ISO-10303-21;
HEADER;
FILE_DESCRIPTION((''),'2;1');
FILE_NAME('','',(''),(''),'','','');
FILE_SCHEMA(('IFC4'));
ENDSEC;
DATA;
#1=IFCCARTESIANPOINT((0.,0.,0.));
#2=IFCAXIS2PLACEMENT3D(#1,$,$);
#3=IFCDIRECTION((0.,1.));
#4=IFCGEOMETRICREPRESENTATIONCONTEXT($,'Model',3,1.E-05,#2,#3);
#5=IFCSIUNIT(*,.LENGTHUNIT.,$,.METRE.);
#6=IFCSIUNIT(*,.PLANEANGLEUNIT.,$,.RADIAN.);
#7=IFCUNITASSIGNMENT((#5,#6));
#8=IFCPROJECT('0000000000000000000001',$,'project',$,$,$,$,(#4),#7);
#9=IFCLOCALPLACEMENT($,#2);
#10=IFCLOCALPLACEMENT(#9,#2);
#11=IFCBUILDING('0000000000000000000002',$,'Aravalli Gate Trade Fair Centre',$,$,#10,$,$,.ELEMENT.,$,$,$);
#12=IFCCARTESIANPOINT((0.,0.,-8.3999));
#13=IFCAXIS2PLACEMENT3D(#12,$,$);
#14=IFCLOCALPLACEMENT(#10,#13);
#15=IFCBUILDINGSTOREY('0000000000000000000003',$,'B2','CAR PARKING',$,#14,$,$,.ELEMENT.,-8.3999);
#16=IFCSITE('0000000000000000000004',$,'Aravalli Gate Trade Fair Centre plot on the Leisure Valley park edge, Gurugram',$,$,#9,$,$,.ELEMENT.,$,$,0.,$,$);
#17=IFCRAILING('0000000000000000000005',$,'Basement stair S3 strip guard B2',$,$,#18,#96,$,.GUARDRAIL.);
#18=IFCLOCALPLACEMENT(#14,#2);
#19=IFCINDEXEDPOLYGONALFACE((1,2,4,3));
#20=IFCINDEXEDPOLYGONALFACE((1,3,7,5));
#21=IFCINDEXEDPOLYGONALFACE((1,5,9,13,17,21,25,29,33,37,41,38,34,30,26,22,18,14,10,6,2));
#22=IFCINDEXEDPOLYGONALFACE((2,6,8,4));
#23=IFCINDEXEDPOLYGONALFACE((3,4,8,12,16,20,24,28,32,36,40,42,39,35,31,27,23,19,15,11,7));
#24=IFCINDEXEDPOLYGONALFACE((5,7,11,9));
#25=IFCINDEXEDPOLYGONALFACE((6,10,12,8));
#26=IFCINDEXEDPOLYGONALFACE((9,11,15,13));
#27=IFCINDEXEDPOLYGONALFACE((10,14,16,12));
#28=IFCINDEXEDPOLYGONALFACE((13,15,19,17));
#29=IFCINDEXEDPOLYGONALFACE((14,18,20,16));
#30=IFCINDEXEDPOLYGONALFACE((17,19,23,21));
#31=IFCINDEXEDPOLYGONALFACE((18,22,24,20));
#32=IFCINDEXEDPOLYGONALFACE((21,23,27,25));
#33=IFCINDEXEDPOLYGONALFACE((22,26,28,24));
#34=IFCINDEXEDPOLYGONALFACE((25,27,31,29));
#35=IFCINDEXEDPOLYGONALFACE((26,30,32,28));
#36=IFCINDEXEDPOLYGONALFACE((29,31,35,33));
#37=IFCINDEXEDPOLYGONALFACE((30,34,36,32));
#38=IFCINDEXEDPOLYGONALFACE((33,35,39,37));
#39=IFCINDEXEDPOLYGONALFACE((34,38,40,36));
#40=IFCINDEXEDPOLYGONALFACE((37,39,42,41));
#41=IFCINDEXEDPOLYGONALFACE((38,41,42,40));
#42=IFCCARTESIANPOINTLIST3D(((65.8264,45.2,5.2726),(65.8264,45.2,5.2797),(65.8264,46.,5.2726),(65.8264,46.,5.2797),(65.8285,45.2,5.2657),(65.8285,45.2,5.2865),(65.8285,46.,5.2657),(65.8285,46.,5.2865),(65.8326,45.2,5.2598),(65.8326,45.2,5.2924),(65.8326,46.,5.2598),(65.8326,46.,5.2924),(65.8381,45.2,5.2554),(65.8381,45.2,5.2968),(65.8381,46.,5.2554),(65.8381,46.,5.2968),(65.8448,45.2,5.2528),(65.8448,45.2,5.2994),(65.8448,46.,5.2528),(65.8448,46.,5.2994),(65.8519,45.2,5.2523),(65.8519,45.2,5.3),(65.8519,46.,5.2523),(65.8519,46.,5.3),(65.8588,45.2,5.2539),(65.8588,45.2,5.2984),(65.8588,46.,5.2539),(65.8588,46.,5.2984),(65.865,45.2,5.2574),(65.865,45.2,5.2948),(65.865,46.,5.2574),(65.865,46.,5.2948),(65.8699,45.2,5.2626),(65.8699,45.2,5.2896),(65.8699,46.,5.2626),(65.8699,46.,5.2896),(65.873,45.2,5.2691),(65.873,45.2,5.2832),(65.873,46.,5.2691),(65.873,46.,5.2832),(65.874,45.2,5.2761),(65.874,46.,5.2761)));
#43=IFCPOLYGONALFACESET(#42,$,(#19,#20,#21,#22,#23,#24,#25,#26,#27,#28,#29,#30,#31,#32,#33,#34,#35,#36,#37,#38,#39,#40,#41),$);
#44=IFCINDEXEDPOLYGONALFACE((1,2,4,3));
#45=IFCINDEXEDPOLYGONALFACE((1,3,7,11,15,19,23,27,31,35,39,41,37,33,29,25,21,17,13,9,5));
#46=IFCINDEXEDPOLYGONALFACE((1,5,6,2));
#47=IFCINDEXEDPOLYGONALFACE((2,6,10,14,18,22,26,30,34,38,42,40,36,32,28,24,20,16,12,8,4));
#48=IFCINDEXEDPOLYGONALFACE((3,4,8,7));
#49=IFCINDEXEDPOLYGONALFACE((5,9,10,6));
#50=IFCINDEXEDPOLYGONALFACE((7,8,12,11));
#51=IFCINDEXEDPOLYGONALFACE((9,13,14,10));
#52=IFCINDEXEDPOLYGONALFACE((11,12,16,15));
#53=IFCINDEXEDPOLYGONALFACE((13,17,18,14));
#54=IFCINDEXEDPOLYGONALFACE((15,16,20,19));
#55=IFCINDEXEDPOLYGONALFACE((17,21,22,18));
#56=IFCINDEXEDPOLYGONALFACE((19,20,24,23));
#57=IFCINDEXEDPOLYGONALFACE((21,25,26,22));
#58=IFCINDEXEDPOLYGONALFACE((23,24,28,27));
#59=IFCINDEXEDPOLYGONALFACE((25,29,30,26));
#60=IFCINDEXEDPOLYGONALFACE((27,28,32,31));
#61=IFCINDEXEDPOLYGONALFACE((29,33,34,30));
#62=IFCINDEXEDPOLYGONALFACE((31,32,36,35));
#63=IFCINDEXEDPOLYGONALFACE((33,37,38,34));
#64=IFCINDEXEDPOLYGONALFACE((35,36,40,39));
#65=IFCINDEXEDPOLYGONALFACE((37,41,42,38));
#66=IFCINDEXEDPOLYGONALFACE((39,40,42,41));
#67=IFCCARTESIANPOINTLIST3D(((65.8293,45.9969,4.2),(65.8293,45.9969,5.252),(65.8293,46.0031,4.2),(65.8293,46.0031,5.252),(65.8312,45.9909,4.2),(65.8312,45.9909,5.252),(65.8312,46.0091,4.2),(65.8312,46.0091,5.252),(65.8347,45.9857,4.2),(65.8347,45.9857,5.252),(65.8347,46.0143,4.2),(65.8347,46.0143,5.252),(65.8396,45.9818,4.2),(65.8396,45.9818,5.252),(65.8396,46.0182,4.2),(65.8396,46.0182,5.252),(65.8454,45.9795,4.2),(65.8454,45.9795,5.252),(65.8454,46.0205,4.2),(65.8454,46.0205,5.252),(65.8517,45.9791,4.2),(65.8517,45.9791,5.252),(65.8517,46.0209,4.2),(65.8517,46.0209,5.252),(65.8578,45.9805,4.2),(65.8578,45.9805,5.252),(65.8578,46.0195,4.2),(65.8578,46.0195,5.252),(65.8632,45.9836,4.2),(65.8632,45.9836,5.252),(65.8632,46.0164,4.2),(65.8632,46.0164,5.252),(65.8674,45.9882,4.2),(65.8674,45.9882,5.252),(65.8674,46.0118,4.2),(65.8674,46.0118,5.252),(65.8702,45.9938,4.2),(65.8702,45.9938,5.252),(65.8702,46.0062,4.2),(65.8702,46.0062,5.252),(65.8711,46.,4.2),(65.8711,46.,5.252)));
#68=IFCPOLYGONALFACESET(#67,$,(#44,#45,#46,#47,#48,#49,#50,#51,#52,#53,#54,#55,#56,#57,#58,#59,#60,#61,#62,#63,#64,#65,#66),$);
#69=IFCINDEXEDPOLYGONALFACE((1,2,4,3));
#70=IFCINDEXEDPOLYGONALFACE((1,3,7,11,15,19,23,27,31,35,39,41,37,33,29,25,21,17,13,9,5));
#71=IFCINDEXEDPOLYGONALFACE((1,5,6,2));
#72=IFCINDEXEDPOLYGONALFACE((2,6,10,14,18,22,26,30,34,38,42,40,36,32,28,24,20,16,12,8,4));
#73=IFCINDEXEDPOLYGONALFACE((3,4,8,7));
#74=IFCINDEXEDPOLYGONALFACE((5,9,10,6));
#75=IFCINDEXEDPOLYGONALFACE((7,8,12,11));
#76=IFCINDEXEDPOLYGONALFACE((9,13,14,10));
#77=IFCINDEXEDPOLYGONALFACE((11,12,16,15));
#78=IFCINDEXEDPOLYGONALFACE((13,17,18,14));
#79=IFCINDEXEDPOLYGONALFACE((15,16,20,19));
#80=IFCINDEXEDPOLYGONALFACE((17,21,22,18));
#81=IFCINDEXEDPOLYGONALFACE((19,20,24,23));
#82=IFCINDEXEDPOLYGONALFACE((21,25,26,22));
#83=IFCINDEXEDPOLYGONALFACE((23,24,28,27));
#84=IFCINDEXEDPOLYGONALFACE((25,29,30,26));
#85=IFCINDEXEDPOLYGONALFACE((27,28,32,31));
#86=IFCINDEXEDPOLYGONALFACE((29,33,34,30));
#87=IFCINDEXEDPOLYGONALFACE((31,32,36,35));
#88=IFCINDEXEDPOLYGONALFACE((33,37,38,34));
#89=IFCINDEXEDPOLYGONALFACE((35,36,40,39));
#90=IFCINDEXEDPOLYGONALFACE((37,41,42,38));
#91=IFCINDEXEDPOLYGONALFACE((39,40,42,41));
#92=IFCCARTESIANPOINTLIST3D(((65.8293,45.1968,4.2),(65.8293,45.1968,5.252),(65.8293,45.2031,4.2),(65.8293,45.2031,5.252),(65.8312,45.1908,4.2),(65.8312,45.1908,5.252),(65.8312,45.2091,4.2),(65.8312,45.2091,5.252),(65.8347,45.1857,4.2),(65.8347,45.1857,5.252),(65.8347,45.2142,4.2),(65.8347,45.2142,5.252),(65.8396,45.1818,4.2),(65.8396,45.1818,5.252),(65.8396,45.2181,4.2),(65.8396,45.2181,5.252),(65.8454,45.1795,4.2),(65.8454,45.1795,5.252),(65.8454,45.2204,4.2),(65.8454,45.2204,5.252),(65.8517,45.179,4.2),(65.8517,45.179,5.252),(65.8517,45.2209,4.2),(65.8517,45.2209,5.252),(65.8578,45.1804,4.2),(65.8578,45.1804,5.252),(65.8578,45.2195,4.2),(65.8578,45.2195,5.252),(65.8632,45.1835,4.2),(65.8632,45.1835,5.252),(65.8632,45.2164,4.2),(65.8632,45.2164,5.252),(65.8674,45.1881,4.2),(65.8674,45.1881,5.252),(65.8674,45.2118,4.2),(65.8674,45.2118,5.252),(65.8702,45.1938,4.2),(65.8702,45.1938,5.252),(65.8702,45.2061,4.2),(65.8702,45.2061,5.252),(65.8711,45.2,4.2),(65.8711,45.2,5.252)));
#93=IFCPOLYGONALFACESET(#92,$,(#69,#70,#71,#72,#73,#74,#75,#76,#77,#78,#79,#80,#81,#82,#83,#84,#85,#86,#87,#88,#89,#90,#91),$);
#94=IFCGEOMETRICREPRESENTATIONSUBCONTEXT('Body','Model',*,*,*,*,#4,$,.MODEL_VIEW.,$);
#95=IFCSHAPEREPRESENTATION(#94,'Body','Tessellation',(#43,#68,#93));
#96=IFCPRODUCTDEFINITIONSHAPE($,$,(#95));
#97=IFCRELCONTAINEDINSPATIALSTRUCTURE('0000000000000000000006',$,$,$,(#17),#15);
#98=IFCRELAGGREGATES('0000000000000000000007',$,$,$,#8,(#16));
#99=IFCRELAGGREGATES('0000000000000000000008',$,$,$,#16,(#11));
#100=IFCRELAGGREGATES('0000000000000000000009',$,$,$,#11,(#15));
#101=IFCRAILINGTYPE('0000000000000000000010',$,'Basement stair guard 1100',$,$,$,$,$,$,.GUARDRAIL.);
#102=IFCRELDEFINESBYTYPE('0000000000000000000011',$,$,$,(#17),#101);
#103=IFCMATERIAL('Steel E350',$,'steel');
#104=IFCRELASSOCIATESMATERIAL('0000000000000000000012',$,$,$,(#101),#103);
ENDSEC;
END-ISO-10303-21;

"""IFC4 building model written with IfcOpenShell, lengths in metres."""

from ifc_helpers import new_model, si_unit, direction, frame, origin, origin_2d, place, context, subcontext, project, spatial, circle, extrude, material, type_object, element, save


model = new_model("IFC4")

# Units and contexts
model_context = context("Model", 3, precision=1e-05, world=origin(), true_north=direction((0.0, 1.0)))
body_context = subcontext(model_context, "Body", "Model", "MODEL_VIEW")
ifc_project = project(units=[si_unit("LENGTHUNIT", "METRE"), si_unit("PLANEANGLEUNIT", "RADIAN")], contexts=[model_context])

# Site, building, storey
site_placement = place(None, origin())
site = spatial("IfcSite", under=ifc_project, at=site_placement, Name="Aravalli Gate Trade Fair Centre plot on the Leisure Valley park edge, Gurugram", CompositionType="ELEMENT", RefElevation=0.0)
building_placement = place(site_placement, origin())
building = spatial("IfcBuilding", under=site, at=building_placement, Name="Aravalli Gate Trade Fair Centre", CompositionType="ELEMENT")
storey_placement = place(building_placement, frame((0.0, 0.0, -8.3999)))
storey = spatial("IfcBuildingStorey", under=building, at=storey_placement, Name="B2", Description="CAR PARKING", CompositionType="ELEMENT", Elevation=-8.3999)

# Railing
ifc_material_1 = material(Name="Steel E350", Category="steel")
railing_type = type_object("IfcRailingType", Name="Basement stair guard 1100", PredefinedType="GUARDRAIL", material=ifc_material_1)
railing_1_placement = place(storey_placement, frame((65.8501, 46.0, 4.2)))
element("IfcRailing", 1, at=railing_1_placement, inside=storey, type_object=railing_type, Name="Basement stair S3 strip guard B2", PredefinedType="GUARDRAIL", context=body_context, shape_type="SweptSolid", body=[
    extrude(circle(Radius=0.0239, at=origin_2d()), frame((0.0, 0.0, 1.0762), z_axis=(0.0, -1.0, 0.0), x_axis=(1.0, 0.0, 0.0)), (0.0, 0.0, 1.0), 0.8),
    extrude(circle(Radius=0.021, at=origin_2d()), origin(), (0.0, 0.0, 1.0), 1.052),
    extrude(circle(Radius=0.021, at=origin_2d()), frame((0.0, -0.8, 0.0)), (0.0, 0.0, 1.0), 1.052),
])

save(model, "model.ifc")
